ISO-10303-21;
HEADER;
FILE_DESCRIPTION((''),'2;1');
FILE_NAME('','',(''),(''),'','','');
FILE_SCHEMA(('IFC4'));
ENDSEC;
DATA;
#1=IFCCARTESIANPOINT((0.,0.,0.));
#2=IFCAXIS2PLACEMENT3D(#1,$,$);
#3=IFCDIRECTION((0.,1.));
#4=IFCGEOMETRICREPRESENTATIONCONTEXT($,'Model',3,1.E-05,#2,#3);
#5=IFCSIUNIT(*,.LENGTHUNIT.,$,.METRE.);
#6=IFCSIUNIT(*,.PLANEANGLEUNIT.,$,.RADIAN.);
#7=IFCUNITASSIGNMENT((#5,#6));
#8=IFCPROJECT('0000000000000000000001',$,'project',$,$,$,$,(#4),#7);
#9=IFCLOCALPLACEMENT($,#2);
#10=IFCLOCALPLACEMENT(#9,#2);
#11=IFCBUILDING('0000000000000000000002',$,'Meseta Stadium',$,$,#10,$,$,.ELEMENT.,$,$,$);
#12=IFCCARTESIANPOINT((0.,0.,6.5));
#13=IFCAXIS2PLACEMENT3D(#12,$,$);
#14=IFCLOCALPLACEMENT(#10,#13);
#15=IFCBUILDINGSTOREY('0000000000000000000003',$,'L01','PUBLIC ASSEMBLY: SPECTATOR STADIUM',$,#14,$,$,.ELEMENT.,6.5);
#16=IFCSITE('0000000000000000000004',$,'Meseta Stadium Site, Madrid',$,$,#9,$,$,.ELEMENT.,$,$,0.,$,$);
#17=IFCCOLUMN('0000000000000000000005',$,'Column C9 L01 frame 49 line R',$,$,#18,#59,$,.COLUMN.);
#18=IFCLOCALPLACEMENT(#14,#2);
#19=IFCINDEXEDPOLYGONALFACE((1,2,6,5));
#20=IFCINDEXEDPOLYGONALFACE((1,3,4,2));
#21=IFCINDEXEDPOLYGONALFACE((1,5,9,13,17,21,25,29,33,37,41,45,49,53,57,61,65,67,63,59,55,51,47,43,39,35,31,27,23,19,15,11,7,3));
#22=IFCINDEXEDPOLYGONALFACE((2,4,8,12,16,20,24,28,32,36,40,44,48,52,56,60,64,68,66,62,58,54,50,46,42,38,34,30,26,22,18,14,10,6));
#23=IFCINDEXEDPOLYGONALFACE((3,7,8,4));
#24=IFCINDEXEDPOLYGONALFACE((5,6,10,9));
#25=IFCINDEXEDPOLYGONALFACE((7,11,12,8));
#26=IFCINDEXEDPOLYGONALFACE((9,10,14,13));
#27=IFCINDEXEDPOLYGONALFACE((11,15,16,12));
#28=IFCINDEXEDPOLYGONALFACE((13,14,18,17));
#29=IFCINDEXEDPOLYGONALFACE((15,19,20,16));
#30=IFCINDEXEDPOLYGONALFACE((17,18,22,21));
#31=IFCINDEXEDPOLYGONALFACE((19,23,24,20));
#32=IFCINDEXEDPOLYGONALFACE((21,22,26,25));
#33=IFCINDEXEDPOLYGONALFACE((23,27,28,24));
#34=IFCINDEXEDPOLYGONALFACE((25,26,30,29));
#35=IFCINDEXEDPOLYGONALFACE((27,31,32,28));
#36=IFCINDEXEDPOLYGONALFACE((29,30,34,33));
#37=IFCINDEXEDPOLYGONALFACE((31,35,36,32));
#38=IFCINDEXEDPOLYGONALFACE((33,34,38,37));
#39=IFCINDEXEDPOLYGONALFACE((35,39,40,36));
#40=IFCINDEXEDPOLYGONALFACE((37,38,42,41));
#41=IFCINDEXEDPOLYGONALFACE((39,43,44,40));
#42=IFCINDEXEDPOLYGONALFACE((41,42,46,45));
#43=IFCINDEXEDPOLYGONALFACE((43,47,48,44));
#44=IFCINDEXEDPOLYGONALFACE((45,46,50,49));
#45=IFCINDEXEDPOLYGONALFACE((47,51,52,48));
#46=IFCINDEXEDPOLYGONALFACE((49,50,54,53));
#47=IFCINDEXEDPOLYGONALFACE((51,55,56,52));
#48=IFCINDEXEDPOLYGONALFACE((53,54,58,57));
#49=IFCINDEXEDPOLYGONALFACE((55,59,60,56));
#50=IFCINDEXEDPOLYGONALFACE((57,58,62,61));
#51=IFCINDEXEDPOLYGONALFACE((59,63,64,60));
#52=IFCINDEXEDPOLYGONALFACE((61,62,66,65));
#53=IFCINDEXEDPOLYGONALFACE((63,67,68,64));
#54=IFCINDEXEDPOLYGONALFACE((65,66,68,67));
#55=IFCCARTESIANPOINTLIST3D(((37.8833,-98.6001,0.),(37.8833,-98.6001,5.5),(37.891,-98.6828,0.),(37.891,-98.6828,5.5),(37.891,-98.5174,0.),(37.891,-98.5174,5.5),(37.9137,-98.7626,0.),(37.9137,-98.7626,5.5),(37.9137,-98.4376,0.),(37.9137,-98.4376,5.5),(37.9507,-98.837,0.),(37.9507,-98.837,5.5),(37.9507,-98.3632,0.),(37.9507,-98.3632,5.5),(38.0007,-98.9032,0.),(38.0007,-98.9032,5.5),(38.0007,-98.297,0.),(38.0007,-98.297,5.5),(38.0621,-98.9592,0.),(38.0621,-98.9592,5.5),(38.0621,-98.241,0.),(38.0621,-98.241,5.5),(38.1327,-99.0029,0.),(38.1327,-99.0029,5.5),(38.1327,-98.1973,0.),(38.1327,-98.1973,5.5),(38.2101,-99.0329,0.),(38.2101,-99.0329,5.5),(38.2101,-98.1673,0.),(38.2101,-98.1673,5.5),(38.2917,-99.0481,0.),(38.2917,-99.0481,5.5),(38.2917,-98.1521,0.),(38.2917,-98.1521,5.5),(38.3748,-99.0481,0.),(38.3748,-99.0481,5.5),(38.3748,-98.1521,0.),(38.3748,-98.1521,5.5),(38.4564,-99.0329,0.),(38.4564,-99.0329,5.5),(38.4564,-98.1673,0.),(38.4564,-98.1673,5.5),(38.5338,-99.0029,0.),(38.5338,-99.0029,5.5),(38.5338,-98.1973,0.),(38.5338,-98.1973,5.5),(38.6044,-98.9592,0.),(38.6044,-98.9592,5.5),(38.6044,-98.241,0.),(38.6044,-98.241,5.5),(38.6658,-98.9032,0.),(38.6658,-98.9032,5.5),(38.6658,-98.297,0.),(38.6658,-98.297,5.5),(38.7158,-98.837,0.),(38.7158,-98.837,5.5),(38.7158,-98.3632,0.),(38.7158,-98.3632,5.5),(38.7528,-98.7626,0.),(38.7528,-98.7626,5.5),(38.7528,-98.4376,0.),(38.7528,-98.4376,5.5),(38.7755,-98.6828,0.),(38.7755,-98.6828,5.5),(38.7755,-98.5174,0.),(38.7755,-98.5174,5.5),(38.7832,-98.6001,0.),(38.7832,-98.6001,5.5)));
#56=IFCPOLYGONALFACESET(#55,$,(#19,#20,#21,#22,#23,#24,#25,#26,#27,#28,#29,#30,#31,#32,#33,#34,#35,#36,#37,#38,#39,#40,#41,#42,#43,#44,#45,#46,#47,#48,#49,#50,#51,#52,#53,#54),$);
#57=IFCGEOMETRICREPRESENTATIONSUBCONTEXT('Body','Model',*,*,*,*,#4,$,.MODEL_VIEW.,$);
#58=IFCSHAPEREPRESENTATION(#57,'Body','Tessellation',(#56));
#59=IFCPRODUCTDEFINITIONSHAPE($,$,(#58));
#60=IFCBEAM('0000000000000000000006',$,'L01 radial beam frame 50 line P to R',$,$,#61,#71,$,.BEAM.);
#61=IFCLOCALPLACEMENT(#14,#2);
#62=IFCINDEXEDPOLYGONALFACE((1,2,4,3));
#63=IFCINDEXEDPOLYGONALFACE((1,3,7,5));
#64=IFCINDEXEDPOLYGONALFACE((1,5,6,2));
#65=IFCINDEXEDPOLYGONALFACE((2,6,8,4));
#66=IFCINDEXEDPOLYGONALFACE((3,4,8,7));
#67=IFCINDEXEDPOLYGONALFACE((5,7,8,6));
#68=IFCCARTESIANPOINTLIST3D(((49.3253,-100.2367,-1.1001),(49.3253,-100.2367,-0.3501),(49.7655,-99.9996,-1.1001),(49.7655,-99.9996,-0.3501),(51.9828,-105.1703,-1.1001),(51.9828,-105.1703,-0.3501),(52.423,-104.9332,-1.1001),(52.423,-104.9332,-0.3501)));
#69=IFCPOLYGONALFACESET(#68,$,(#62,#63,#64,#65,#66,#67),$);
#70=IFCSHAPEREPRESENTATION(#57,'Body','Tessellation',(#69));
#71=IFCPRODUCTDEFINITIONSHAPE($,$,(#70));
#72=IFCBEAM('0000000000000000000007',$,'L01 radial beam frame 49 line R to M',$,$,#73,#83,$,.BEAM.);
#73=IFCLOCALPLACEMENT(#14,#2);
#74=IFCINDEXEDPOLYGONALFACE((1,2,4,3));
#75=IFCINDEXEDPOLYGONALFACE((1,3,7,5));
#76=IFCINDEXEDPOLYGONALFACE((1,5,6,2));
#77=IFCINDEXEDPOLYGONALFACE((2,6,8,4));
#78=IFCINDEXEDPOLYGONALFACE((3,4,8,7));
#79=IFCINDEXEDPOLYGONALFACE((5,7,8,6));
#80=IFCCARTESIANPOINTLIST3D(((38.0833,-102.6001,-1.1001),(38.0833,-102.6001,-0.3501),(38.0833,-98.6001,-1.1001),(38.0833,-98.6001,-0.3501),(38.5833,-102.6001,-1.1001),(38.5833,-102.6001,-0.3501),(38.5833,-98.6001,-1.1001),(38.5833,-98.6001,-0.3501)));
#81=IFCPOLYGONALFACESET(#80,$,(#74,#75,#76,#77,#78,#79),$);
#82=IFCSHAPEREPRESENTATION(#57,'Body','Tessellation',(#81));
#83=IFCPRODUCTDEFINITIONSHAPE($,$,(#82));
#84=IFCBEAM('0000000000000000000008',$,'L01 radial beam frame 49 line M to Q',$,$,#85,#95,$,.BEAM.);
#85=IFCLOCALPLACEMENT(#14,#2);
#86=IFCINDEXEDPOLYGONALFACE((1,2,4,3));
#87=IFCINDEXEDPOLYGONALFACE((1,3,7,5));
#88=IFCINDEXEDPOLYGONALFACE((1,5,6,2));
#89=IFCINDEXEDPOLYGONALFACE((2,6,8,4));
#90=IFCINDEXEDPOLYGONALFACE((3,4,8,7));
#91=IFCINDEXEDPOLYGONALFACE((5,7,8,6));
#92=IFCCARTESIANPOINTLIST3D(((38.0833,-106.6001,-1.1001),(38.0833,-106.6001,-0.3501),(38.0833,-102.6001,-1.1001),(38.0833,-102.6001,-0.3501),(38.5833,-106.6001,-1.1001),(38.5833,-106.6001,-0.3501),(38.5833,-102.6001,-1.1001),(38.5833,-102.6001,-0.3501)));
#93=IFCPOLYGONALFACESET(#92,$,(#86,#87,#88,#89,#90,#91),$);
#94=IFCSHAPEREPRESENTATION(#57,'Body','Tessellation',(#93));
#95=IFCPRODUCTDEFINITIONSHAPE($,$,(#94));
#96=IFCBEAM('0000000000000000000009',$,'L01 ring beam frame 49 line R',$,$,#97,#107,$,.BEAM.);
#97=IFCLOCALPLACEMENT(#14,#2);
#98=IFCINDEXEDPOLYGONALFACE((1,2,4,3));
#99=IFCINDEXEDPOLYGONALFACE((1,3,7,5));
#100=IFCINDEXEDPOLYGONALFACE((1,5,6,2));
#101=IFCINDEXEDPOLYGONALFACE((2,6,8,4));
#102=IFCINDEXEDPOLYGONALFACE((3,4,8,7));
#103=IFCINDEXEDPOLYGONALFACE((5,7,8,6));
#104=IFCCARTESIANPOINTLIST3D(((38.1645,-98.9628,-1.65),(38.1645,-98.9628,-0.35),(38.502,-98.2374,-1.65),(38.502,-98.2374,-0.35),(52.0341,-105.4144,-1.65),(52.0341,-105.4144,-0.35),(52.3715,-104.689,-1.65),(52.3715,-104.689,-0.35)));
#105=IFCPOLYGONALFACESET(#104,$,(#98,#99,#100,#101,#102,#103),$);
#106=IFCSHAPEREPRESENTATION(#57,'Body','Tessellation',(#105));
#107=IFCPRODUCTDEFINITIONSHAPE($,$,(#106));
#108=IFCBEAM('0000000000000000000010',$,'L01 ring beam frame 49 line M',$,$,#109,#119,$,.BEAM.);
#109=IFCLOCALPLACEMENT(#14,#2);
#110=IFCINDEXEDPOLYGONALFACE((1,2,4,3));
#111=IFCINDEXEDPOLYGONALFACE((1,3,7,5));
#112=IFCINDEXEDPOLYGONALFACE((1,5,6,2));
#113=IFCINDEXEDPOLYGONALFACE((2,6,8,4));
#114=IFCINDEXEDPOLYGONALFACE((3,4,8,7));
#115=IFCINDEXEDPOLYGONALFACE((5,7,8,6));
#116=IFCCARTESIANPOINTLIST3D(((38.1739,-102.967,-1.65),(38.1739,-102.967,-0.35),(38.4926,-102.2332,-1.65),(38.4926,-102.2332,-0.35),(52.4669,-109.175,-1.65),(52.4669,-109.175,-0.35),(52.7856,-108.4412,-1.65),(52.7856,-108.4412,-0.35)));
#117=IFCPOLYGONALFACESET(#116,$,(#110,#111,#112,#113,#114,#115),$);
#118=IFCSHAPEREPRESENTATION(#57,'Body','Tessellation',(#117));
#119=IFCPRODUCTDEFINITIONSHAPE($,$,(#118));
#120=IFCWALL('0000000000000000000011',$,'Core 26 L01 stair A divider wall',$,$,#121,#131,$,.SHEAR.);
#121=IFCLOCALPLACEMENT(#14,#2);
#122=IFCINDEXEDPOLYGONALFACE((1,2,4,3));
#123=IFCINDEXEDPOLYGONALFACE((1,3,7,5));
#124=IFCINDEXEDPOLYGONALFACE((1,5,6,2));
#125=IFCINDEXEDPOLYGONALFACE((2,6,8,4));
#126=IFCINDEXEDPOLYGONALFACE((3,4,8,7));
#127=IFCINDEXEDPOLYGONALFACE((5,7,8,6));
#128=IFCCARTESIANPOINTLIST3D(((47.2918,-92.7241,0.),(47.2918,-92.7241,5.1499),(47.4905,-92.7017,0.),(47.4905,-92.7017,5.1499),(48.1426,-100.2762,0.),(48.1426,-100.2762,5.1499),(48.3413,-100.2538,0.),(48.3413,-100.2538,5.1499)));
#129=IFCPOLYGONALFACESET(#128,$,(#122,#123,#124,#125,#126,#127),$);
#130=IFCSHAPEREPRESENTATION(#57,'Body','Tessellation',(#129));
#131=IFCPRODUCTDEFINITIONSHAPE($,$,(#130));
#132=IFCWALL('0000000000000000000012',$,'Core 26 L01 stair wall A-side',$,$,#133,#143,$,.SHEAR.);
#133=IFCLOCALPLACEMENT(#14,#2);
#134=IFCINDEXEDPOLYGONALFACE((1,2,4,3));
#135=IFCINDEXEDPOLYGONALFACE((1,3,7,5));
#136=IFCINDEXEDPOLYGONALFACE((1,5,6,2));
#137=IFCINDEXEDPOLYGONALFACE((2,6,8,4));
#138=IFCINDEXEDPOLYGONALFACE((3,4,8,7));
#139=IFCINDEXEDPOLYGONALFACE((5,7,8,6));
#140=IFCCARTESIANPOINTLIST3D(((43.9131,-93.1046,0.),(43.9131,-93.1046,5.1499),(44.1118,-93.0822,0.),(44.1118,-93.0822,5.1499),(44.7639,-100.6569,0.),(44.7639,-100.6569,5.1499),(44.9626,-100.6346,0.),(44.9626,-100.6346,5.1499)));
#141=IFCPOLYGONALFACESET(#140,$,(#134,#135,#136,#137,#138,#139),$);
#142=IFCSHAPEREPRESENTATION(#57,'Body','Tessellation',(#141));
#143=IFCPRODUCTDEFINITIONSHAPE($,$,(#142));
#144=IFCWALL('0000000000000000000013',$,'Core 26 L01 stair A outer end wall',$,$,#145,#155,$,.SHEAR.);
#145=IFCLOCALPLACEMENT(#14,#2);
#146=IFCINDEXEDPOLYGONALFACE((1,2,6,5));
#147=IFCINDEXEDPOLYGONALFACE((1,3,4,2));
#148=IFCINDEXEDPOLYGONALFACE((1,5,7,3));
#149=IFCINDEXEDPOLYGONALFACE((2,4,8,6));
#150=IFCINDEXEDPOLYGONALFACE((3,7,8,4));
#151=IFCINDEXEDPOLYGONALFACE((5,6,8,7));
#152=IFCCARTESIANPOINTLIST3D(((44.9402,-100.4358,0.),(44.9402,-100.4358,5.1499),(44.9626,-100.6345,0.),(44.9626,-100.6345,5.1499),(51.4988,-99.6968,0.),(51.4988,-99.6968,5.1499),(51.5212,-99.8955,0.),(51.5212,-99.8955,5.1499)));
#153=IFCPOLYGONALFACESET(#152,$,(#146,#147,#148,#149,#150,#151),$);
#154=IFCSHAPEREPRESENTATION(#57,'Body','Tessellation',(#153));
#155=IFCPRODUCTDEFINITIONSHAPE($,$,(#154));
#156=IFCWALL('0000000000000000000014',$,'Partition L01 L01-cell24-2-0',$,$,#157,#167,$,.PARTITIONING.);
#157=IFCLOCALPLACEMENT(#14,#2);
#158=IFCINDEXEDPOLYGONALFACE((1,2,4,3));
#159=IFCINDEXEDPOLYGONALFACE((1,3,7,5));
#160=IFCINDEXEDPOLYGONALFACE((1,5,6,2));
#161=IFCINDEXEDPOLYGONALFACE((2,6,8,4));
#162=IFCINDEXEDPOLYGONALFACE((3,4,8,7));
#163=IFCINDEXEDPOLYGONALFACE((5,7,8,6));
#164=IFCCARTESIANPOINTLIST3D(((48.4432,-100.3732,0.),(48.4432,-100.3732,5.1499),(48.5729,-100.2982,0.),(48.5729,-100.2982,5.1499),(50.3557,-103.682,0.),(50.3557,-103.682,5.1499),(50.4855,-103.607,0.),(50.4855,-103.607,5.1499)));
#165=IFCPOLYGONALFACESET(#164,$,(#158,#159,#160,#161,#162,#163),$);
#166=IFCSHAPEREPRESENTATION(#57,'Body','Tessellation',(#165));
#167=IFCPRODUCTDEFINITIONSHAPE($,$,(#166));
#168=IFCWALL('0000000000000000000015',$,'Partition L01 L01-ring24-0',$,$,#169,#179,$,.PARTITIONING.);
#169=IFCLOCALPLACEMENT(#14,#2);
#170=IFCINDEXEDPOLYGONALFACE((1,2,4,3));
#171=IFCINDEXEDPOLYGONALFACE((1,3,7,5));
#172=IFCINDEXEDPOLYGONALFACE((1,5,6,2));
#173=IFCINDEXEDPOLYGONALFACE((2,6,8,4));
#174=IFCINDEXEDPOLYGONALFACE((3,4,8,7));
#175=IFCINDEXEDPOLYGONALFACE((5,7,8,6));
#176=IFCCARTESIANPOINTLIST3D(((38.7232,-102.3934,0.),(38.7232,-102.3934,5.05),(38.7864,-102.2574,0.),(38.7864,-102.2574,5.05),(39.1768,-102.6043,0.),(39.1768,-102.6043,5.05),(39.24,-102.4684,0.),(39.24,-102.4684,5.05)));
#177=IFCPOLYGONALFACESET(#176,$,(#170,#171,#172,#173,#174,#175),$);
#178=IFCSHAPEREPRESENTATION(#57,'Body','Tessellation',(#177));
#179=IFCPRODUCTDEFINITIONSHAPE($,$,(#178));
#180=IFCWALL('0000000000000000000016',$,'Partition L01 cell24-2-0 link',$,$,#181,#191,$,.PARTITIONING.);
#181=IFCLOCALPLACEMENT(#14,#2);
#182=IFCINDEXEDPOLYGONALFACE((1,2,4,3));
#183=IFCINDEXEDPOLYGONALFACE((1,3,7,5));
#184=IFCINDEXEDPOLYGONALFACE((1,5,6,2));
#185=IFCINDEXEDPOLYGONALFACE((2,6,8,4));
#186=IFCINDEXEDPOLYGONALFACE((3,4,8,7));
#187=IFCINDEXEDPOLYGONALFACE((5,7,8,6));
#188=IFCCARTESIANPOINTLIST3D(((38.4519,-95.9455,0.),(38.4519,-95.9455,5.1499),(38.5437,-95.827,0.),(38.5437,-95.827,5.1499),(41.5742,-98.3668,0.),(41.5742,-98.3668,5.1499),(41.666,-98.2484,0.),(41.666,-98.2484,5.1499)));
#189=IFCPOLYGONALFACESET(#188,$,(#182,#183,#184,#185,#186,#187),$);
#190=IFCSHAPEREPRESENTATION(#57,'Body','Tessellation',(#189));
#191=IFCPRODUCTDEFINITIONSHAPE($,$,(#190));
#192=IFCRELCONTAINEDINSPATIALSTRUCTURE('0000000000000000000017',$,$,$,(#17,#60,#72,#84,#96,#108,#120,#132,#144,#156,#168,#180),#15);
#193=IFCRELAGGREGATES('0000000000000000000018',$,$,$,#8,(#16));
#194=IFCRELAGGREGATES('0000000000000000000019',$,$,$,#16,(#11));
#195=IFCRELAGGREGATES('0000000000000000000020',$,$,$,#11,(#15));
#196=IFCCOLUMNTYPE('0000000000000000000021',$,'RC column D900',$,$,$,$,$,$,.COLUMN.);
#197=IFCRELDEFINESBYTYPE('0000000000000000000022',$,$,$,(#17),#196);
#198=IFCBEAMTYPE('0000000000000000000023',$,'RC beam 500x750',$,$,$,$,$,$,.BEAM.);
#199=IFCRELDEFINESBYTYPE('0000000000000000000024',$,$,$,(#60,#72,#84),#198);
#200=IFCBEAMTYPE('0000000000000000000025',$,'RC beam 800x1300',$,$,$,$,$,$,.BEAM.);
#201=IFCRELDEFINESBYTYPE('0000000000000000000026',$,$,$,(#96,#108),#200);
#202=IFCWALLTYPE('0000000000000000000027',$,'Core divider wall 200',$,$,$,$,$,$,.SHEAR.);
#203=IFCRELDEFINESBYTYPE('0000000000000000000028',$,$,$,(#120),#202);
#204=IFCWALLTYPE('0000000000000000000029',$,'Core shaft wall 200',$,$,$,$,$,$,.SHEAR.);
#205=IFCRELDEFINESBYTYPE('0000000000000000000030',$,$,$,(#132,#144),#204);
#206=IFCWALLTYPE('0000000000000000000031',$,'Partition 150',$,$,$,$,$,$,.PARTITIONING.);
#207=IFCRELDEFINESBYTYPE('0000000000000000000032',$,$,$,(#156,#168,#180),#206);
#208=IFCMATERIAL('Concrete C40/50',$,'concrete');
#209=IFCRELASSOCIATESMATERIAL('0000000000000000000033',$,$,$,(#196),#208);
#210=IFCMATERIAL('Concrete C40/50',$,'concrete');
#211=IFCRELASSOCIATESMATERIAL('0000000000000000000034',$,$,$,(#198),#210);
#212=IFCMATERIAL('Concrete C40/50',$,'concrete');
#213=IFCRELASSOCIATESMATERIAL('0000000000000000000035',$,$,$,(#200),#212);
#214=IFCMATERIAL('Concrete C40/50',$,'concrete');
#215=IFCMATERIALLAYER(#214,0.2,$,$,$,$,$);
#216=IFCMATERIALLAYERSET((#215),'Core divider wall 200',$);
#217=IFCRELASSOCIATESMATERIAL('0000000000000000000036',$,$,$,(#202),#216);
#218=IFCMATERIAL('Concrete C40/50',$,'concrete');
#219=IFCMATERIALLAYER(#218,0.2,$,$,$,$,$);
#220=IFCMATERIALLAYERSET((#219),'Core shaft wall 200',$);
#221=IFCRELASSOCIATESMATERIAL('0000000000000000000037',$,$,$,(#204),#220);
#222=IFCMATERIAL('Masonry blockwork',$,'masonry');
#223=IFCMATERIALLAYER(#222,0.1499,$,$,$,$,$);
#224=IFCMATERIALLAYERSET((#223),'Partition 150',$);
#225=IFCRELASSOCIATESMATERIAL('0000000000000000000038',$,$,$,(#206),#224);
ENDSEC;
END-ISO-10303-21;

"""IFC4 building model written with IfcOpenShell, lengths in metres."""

from ifc_helpers import new_model, si_unit, direction, frame, frame_2d, origin, origin_2d, place, context, subcontext, project, spatial, rectangle, circle, extrude, material, layer, layer_set, material_profile, profile_set, type_object, element, save


model = new_model("IFC4")

# Units and contexts
model_context = context("Model", 3, precision=1e-05, world=origin(), true_north=direction((0.0, 1.0)))
body_context = subcontext(model_context, "Body", "Model", "MODEL_VIEW")
ifc_project = project(units=[si_unit("LENGTHUNIT", "METRE"), si_unit("PLANEANGLEUNIT", "RADIAN")], contexts=[model_context])

# Site, building, storey
site_placement = place(None, origin())
site = spatial("IfcSite", under=ifc_project, at=site_placement, Name="Meseta Stadium Site, Madrid", CompositionType="ELEMENT", RefElevation=0.0)
building_placement = place(site_placement, origin())
building = spatial("IfcBuilding", under=site, at=building_placement, Name="Meseta Stadium", CompositionType="ELEMENT")
storey_placement = place(building_placement, frame((0.0, 0.0, 6.5)))
storey = spatial("IfcBuildingStorey", under=building, at=storey_placement, Name="L01", Description="PUBLIC ASSEMBLY: SPECTATOR STADIUM", CompositionType="ELEMENT", Elevation=6.5)

# Column
ifc_material_1 = material(Name="Concrete C40/50", Category="concrete")
ifc_material_profile_1 = material_profile(ifc_material_1, circle(Radius=0.45, at=origin_2d()), Name="RC D900")
ifc_profile_set_1 = profile_set([ifc_material_profile_1], Name="Concrete C40/50")
column_type = type_object("IfcColumnType", Name="RC column D900", PredefinedType="COLUMN", material=ifc_profile_set_1)
column_placement = place(storey_placement, frame((38.3333, -98.6001, 0.0), z_axis=(0.0, 0.0, 1.0), x_axis=(1.0, 0.0, 0.0)))
element("IfcColumn", 1, at=column_placement, inside=storey, type_object=column_type, Name="Column C9 L01 frame 49 line R", PredefinedType="COLUMN", context=body_context, shape_type="SweptSolid", body=[
    extrude(circle(Radius=0.45, at=origin_2d()), origin(), (0.0, 0.0, 1.0), 5.5),
])

# Beams
ifc_material_2 = material(Name="Concrete C40/50", Category="concrete")
ifc_material_profile_2 = material_profile(ifc_material_2, rectangle(XDim=0.5, YDim=0.75, at=origin_2d()), Name="RC 500x750")
ifc_profile_set_2 = profile_set([ifc_material_profile_2], Name="Concrete C40/50")
beam_type_1 = type_object("IfcBeamType", Name="RC beam 500x750", PredefinedType="BEAM", material=ifc_profile_set_2)
beam_1_placement = place(storey_placement, frame((49.5454, -100.1182, -0.7251), z_axis=(0.474227, -0.880403, 0.0), x_axis=(0.880403, 0.474227, 0.0)))
element("IfcBeam", 2, at=beam_1_placement, inside=storey, type_object=beam_type_1, Name="L01 radial beam frame 50 line P to R", PredefinedType="BEAM", context=body_context, shape_type="SweptSolid", body=[
    extrude(rectangle(XDim=0.5, YDim=0.75, at=origin_2d()), origin(), (0.0, 0.0, 1.0), 5.6038),
])
for number, where, z_axis, x_axis, name in (
    (3, (38.3333, -98.6001, -0.7251), (0.0, -1.0, 0.0), (1.0, 0.0, 0.0), "L01 radial beam frame 49 line R to M"),
    (4, (38.3333, -102.6001, -0.7251), (0.0, -1.0, 0.0), (1.0, 0.0, 0.0), "L01 radial beam frame 49 line M to Q"),
):
    element("IfcBeam", number, at=place(storey_placement, frame(where, z_axis=z_axis, x_axis=x_axis)), inside=storey, type_object=beam_type_1, Name=name, PredefinedType="BEAM", context=body_context, shape_type="SweptSolid", body=[
        extrude(rectangle(XDim=0.5, YDim=0.75, at=origin_2d()), origin(), (0.0, 0.0, 1.0), 4.0),
    ])
ifc_material_3 = material(Name="Concrete C40/50", Category="concrete")
ifc_material_profile_3 = material_profile(ifc_material_3, rectangle(XDim=0.8, YDim=1.3, at=origin_2d()), Name="RC 800x1300")
ifc_profile_set_3 = profile_set([ifc_material_profile_3], Name="Concrete C40/50")
beam_type_2 = type_object("IfcBeamType", Name="RC beam 800x1300", PredefinedType="BEAM", material=ifc_profile_set_3)
beam_2_placement = place(storey_placement, frame((38.3333, -98.6001, -1.0), z_axis=(0.906704, -0.421767, 0.0), x_axis=(0.421767, 0.906704, 0.0)))
element("IfcBeam", 5, at=beam_2_placement, inside=storey, type_object=beam_type_2, Name="L01 ring beam frame 49 line R", PredefinedType="BEAM", context=body_context, shape_type="SweptSolid", body=[
    extrude(rectangle(XDim=0.8, YDim=1.3, at=origin_2d()), origin(), (0.0, 0.0, 1.0), 15.2966),
])
beam_3_placement = place(storey_placement, frame((38.3333, -102.6001, -1.0), z_axis=(0.917218, -0.398385, 0.0), x_axis=(0.398385, 0.917218, 0.0)))
element("IfcBeam", 6, at=beam_3_placement, inside=storey, type_object=beam_type_2, Name="L01 ring beam frame 49 line M", PredefinedType="BEAM", context=body_context, shape_type="SweptSolid", body=[
    extrude(rectangle(XDim=0.8, YDim=1.3, at=origin_2d()), origin(), (0.0, 0.0, 1.0), 15.583),
])

# Walls
ifc_material_4 = material(Name="Concrete C40/50", Category="concrete")
ifc_layer_1 = layer(ifc_material_4, 0.2)
ifc_layer_set_1 = layer_set([ifc_layer_1], Name="Core divider wall 200")
wall_type_1 = type_object("IfcWallType", Name="Core divider wall 200", PredefinedType="SHEAR", material=ifc_layer_set_1)
wall_1_placement = place(storey_placement, frame((48.2419, -100.2649, 0.0), z_axis=(0.0, 0.0, 1.0), x_axis=(-0.111955, 0.993713, 0.0)))
element("IfcWall", 7, at=wall_1_placement, inside=storey, type_object=wall_type_1, Name="Core 26 L01 stair A divider wall", PredefinedType="SHEAR", context=body_context, shape_type="SweptSolid", body=[
    extrude(rectangle(XDim=7.5999, YDim=0.2, at=frame_2d((3.7998, 0.0))), origin(), (0.0, 0.0, 1.0), 5.1499),
])
ifc_material_5 = material(Name="Concrete C40/50", Category="concrete")
ifc_layer_2 = layer(ifc_material_5, 0.2)
ifc_layer_set_2 = layer_set([ifc_layer_2], Name="Core shaft wall 200")
wall_type_2 = type_object("IfcWallType", Name="Core shaft wall 200", PredefinedType="SHEAR", material=ifc_layer_set_2)
wall_2_placement = place(storey_placement, frame((44.8633, -100.6458, 0.0), z_axis=(0.0, 0.0, 1.0), x_axis=(-0.111951, 0.993714, 0.0)))
element("IfcWall", 8, at=wall_2_placement, inside=storey, type_object=wall_type_2, Name="Core 26 L01 stair wall A-side", PredefinedType="SHEAR", context=body_context, shape_type="SweptSolid", body=[
    extrude(rectangle(XDim=7.6001, YDim=0.2, at=frame_2d((3.8, 0.0))), origin(), (0.0, 0.0, 1.0), 5.1499),
])
wall_3_placement = place(storey_placement, frame((44.9514, -100.5352, 0.0), z_axis=(0.0, 0.0, 1.0), x_axis=(0.993712, 0.11197, 0.0)))
element("IfcWall", 9, at=wall_3_placement, inside=storey, type_object=wall_type_2, Name="Core 26 L01 stair A outer end wall", PredefinedType="SHEAR", context=body_context, shape_type="SweptSolid", body=[
    extrude(rectangle(XDim=6.6001, YDim=0.2, at=frame_2d((3.3, 0.0))), origin(), (0.0, 0.0, 1.0), 5.1499),
])
ifc_material_6 = material(Name="Masonry blockwork", Category="masonry")
ifc_layer_3 = layer(ifc_material_6, 0.1499)
ifc_layer_set_3 = layer_set([ifc_layer_3], Name="Partition 150")
wall_type_3 = type_object("IfcWallType", Name="Partition 150", PredefinedType="PARTITIONING", material=ifc_layer_set_3)
wall_4_placement = place(storey_placement, frame((48.5081, -100.3357, 0.0), z_axis=(0.0, 0.0, 1.0), x_axis=(0.500439, -0.865772, 0.0)))
element("IfcWall", 10, at=wall_4_placement, inside=storey, type_object=wall_type_3, Name="Partition L01 L01-cell24-2-0", PredefinedType="PARTITIONING", context=body_context, shape_type="SweptSolid", body=[
    extrude(rectangle(XDim=3.8218, YDim=0.1499, at=frame_2d((1.9109, 0.0))), origin(), (0.0, 0.0, 1.0), 5.1499),
])
wall_5_placement = place(storey_placement, frame((38.7549, -102.3254, 0.0), z_axis=(0.0, 0.0, 1.0), x_axis=(0.906756, -0.421656, 0.0)))
element("IfcWall", 11, at=wall_5_placement, inside=storey, type_object=wall_type_3, Name="Partition L01 L01-ring24-0", PredefinedType="PARTITIONING", context=body_context, shape_type="SweptSolid", body=[
    extrude(rectangle(XDim=0.5002, YDim=0.1499, at=frame_2d((0.25, 0.0))), origin(), (0.0, 0.0, 1.0), 5.05),
])
wall_6_placement = place(storey_placement, frame((38.4978, -95.8862, 0.0), z_axis=(0.0, 0.0, 1.0), x_axis=(0.79022, -0.612824, 0.0)))
element("IfcWall", 12, at=wall_6_placement, inside=storey, type_object=wall_type_3, Name="Partition L01 cell24-2-0 link", PredefinedType="PARTITIONING", context=body_context, shape_type="SweptSolid", body=[
    extrude(rectangle(XDim=3.9512, YDim=0.1499, at=frame_2d((1.9756, 0.0))), origin(), (0.0, 0.0, 1.0), 5.1499),
])

save(model, "model.ifc")
